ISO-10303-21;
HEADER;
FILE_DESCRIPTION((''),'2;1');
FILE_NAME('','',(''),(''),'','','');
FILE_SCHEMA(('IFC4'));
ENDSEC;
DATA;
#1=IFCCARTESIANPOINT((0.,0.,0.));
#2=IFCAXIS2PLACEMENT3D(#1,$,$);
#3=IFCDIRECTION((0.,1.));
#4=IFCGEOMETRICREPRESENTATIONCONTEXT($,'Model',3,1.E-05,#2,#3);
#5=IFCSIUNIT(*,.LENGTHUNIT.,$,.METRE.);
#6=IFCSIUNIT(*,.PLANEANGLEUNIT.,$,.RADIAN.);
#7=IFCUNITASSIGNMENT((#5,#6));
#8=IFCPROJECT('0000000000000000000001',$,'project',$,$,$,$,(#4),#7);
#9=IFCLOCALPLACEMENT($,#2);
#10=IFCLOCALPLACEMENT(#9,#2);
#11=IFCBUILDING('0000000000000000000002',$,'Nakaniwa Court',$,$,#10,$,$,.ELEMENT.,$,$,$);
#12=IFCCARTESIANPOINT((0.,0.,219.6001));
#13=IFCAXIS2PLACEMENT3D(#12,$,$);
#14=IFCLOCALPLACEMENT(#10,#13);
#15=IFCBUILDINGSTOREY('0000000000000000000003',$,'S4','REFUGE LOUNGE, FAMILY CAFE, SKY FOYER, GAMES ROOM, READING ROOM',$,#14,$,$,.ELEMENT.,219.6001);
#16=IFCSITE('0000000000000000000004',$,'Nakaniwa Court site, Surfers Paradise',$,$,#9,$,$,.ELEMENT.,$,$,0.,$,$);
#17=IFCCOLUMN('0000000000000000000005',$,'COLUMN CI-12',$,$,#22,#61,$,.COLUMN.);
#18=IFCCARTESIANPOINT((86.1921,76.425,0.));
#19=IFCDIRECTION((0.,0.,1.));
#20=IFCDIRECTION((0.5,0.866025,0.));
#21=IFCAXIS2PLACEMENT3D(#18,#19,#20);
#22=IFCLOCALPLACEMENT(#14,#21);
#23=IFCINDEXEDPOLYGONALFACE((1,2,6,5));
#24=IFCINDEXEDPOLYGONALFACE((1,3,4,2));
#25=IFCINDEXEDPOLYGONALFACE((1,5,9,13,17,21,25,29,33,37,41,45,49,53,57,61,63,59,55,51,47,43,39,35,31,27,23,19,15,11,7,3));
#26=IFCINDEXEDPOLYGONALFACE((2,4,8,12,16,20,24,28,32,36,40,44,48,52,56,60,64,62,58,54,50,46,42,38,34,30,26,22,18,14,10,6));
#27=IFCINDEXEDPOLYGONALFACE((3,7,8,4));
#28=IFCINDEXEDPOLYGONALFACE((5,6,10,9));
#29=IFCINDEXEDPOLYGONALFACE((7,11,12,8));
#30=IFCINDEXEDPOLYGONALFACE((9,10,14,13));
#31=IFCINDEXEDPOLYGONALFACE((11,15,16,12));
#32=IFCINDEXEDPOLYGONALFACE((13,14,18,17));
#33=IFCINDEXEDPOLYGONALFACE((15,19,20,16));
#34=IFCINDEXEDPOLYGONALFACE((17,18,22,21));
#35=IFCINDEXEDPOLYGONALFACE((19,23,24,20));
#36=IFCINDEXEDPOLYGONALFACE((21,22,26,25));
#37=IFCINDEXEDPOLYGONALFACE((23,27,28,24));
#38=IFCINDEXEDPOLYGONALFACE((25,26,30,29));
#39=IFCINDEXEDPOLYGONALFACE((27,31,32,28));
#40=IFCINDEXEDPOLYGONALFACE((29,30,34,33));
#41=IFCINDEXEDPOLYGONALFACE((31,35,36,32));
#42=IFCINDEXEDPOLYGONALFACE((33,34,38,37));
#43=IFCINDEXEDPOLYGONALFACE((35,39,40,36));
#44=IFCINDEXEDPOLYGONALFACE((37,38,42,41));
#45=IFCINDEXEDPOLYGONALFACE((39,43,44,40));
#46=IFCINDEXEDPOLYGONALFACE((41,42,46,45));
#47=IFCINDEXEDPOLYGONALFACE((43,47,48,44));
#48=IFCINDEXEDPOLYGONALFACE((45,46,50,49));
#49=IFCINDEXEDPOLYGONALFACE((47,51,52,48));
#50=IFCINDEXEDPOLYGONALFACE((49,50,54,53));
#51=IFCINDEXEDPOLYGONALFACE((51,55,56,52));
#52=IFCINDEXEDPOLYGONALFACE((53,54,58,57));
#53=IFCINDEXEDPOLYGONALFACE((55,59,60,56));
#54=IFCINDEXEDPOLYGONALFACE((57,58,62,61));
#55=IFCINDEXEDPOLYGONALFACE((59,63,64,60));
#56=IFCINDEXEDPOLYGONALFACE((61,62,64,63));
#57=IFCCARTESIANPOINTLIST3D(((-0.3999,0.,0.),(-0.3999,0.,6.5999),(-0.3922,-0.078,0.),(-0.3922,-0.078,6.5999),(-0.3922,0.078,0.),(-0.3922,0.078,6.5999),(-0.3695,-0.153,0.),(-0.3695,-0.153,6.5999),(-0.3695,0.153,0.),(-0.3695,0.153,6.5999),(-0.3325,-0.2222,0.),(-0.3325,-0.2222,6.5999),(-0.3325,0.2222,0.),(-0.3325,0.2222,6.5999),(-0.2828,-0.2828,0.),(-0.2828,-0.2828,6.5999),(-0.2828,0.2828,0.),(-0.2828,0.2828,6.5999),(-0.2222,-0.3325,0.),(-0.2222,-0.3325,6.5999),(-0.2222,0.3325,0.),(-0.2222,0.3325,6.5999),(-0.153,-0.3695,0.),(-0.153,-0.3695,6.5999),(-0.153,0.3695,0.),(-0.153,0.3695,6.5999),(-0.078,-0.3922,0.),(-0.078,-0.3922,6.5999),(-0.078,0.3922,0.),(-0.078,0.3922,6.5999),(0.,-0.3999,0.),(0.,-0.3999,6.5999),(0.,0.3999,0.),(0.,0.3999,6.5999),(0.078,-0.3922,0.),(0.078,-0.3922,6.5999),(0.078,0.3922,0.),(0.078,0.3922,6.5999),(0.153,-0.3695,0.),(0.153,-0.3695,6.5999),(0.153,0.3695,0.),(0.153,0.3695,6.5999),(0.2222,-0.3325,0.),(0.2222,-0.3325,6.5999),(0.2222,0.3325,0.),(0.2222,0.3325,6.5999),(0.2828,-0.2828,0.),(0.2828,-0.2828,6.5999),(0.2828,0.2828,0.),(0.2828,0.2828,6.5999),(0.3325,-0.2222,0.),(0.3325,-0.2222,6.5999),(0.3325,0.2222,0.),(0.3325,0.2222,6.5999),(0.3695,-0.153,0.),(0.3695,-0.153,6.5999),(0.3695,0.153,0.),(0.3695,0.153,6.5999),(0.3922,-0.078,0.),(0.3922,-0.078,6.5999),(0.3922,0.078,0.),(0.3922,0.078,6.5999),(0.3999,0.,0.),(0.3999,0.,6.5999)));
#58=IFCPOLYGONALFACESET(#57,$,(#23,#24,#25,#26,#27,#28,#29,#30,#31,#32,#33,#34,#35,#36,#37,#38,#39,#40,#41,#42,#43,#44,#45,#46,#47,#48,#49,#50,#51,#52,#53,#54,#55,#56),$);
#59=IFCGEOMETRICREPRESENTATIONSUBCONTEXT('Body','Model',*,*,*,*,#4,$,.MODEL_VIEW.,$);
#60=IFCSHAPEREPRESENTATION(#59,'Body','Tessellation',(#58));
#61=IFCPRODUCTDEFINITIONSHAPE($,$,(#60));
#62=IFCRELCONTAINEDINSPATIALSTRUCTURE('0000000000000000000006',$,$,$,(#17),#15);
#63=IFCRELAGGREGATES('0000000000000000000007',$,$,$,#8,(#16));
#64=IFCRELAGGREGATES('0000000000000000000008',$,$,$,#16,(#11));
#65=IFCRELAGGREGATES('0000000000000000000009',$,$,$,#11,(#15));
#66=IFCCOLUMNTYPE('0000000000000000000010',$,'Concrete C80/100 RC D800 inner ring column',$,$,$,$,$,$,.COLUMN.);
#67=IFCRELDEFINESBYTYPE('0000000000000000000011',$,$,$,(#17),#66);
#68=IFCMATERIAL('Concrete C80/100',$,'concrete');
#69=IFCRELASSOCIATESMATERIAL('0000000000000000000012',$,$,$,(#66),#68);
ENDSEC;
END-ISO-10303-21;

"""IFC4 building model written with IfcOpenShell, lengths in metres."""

from ifc_helpers import new_model, si_unit, direction, frame, origin, origin_2d, place, context, subcontext, project, spatial, circle, extrude, material, material_profile, profile_set, type_object, element, save


model = new_model("IFC4")

# Units and contexts
model_context = context("Model", 3, precision=1e-05, world=origin(), true_north=direction((0.0, 1.0)))
body_context = subcontext(model_context, "Body", "Model", "MODEL_VIEW")
ifc_project = project(units=[si_unit("LENGTHUNIT", "METRE"), si_unit("PLANEANGLEUNIT", "RADIAN")], contexts=[model_context])

# Site, building, storey
site_placement = place(None, origin())
site = spatial("IfcSite", under=ifc_project, at=site_placement, Name="Nakaniwa Court site, Surfers Paradise", CompositionType="ELEMENT", RefElevation=0.0)
building_placement = place(site_placement, origin())
building = spatial("IfcBuilding", under=site, at=building_placement, Name="Nakaniwa Court", CompositionType="ELEMENT")
storey_placement = place(building_placement, frame((0.0, 0.0, 219.6001)))
storey = spatial("IfcBuildingStorey", under=building, at=storey_placement, Name="S4", Description="REFUGE LOUNGE, FAMILY CAFE, SKY FOYER, GAMES ROOM, READING ROOM", CompositionType="ELEMENT", Elevation=219.6001)

# Column
ifc_material_1 = material(Name="Concrete C80/100", Category="concrete")
ifc_material_profile_1 = material_profile(ifc_material_1, circle(Radius=0.3999, at=origin_2d()), Name="Concrete C80/100 RC D800 inner ring column")
ifc_profile_set_1 = profile_set([ifc_material_profile_1], Name="Concrete C80/100")
column_type_1 = type_object("IfcColumnType", Name="Concrete C80/100 RC D800 inner ring column", PredefinedType="COLUMN", material=ifc_profile_set_1)
for number, where, z_axis, x_axis, name in (
    (1, (86.1921, 76.425, 0.0), (0.0, 0.0, 1.0), (0.5, 0.866025, 0.0), "COLUMN CI-12"),
):
    element("IfcColumn", number, at=place(storey_placement, frame(where, z_axis=z_axis, x_axis=x_axis)), inside=storey, type_object=column_type_1, Name=name, PredefinedType="COLUMN", context=body_context, shape_type="SweptSolid", body=[
        extrude(circle(Radius=0.3999, at=origin_2d()), origin(), (0.0, 0.0, 1.0), 6.5999),
    ])

save(model, "model.ifc")
